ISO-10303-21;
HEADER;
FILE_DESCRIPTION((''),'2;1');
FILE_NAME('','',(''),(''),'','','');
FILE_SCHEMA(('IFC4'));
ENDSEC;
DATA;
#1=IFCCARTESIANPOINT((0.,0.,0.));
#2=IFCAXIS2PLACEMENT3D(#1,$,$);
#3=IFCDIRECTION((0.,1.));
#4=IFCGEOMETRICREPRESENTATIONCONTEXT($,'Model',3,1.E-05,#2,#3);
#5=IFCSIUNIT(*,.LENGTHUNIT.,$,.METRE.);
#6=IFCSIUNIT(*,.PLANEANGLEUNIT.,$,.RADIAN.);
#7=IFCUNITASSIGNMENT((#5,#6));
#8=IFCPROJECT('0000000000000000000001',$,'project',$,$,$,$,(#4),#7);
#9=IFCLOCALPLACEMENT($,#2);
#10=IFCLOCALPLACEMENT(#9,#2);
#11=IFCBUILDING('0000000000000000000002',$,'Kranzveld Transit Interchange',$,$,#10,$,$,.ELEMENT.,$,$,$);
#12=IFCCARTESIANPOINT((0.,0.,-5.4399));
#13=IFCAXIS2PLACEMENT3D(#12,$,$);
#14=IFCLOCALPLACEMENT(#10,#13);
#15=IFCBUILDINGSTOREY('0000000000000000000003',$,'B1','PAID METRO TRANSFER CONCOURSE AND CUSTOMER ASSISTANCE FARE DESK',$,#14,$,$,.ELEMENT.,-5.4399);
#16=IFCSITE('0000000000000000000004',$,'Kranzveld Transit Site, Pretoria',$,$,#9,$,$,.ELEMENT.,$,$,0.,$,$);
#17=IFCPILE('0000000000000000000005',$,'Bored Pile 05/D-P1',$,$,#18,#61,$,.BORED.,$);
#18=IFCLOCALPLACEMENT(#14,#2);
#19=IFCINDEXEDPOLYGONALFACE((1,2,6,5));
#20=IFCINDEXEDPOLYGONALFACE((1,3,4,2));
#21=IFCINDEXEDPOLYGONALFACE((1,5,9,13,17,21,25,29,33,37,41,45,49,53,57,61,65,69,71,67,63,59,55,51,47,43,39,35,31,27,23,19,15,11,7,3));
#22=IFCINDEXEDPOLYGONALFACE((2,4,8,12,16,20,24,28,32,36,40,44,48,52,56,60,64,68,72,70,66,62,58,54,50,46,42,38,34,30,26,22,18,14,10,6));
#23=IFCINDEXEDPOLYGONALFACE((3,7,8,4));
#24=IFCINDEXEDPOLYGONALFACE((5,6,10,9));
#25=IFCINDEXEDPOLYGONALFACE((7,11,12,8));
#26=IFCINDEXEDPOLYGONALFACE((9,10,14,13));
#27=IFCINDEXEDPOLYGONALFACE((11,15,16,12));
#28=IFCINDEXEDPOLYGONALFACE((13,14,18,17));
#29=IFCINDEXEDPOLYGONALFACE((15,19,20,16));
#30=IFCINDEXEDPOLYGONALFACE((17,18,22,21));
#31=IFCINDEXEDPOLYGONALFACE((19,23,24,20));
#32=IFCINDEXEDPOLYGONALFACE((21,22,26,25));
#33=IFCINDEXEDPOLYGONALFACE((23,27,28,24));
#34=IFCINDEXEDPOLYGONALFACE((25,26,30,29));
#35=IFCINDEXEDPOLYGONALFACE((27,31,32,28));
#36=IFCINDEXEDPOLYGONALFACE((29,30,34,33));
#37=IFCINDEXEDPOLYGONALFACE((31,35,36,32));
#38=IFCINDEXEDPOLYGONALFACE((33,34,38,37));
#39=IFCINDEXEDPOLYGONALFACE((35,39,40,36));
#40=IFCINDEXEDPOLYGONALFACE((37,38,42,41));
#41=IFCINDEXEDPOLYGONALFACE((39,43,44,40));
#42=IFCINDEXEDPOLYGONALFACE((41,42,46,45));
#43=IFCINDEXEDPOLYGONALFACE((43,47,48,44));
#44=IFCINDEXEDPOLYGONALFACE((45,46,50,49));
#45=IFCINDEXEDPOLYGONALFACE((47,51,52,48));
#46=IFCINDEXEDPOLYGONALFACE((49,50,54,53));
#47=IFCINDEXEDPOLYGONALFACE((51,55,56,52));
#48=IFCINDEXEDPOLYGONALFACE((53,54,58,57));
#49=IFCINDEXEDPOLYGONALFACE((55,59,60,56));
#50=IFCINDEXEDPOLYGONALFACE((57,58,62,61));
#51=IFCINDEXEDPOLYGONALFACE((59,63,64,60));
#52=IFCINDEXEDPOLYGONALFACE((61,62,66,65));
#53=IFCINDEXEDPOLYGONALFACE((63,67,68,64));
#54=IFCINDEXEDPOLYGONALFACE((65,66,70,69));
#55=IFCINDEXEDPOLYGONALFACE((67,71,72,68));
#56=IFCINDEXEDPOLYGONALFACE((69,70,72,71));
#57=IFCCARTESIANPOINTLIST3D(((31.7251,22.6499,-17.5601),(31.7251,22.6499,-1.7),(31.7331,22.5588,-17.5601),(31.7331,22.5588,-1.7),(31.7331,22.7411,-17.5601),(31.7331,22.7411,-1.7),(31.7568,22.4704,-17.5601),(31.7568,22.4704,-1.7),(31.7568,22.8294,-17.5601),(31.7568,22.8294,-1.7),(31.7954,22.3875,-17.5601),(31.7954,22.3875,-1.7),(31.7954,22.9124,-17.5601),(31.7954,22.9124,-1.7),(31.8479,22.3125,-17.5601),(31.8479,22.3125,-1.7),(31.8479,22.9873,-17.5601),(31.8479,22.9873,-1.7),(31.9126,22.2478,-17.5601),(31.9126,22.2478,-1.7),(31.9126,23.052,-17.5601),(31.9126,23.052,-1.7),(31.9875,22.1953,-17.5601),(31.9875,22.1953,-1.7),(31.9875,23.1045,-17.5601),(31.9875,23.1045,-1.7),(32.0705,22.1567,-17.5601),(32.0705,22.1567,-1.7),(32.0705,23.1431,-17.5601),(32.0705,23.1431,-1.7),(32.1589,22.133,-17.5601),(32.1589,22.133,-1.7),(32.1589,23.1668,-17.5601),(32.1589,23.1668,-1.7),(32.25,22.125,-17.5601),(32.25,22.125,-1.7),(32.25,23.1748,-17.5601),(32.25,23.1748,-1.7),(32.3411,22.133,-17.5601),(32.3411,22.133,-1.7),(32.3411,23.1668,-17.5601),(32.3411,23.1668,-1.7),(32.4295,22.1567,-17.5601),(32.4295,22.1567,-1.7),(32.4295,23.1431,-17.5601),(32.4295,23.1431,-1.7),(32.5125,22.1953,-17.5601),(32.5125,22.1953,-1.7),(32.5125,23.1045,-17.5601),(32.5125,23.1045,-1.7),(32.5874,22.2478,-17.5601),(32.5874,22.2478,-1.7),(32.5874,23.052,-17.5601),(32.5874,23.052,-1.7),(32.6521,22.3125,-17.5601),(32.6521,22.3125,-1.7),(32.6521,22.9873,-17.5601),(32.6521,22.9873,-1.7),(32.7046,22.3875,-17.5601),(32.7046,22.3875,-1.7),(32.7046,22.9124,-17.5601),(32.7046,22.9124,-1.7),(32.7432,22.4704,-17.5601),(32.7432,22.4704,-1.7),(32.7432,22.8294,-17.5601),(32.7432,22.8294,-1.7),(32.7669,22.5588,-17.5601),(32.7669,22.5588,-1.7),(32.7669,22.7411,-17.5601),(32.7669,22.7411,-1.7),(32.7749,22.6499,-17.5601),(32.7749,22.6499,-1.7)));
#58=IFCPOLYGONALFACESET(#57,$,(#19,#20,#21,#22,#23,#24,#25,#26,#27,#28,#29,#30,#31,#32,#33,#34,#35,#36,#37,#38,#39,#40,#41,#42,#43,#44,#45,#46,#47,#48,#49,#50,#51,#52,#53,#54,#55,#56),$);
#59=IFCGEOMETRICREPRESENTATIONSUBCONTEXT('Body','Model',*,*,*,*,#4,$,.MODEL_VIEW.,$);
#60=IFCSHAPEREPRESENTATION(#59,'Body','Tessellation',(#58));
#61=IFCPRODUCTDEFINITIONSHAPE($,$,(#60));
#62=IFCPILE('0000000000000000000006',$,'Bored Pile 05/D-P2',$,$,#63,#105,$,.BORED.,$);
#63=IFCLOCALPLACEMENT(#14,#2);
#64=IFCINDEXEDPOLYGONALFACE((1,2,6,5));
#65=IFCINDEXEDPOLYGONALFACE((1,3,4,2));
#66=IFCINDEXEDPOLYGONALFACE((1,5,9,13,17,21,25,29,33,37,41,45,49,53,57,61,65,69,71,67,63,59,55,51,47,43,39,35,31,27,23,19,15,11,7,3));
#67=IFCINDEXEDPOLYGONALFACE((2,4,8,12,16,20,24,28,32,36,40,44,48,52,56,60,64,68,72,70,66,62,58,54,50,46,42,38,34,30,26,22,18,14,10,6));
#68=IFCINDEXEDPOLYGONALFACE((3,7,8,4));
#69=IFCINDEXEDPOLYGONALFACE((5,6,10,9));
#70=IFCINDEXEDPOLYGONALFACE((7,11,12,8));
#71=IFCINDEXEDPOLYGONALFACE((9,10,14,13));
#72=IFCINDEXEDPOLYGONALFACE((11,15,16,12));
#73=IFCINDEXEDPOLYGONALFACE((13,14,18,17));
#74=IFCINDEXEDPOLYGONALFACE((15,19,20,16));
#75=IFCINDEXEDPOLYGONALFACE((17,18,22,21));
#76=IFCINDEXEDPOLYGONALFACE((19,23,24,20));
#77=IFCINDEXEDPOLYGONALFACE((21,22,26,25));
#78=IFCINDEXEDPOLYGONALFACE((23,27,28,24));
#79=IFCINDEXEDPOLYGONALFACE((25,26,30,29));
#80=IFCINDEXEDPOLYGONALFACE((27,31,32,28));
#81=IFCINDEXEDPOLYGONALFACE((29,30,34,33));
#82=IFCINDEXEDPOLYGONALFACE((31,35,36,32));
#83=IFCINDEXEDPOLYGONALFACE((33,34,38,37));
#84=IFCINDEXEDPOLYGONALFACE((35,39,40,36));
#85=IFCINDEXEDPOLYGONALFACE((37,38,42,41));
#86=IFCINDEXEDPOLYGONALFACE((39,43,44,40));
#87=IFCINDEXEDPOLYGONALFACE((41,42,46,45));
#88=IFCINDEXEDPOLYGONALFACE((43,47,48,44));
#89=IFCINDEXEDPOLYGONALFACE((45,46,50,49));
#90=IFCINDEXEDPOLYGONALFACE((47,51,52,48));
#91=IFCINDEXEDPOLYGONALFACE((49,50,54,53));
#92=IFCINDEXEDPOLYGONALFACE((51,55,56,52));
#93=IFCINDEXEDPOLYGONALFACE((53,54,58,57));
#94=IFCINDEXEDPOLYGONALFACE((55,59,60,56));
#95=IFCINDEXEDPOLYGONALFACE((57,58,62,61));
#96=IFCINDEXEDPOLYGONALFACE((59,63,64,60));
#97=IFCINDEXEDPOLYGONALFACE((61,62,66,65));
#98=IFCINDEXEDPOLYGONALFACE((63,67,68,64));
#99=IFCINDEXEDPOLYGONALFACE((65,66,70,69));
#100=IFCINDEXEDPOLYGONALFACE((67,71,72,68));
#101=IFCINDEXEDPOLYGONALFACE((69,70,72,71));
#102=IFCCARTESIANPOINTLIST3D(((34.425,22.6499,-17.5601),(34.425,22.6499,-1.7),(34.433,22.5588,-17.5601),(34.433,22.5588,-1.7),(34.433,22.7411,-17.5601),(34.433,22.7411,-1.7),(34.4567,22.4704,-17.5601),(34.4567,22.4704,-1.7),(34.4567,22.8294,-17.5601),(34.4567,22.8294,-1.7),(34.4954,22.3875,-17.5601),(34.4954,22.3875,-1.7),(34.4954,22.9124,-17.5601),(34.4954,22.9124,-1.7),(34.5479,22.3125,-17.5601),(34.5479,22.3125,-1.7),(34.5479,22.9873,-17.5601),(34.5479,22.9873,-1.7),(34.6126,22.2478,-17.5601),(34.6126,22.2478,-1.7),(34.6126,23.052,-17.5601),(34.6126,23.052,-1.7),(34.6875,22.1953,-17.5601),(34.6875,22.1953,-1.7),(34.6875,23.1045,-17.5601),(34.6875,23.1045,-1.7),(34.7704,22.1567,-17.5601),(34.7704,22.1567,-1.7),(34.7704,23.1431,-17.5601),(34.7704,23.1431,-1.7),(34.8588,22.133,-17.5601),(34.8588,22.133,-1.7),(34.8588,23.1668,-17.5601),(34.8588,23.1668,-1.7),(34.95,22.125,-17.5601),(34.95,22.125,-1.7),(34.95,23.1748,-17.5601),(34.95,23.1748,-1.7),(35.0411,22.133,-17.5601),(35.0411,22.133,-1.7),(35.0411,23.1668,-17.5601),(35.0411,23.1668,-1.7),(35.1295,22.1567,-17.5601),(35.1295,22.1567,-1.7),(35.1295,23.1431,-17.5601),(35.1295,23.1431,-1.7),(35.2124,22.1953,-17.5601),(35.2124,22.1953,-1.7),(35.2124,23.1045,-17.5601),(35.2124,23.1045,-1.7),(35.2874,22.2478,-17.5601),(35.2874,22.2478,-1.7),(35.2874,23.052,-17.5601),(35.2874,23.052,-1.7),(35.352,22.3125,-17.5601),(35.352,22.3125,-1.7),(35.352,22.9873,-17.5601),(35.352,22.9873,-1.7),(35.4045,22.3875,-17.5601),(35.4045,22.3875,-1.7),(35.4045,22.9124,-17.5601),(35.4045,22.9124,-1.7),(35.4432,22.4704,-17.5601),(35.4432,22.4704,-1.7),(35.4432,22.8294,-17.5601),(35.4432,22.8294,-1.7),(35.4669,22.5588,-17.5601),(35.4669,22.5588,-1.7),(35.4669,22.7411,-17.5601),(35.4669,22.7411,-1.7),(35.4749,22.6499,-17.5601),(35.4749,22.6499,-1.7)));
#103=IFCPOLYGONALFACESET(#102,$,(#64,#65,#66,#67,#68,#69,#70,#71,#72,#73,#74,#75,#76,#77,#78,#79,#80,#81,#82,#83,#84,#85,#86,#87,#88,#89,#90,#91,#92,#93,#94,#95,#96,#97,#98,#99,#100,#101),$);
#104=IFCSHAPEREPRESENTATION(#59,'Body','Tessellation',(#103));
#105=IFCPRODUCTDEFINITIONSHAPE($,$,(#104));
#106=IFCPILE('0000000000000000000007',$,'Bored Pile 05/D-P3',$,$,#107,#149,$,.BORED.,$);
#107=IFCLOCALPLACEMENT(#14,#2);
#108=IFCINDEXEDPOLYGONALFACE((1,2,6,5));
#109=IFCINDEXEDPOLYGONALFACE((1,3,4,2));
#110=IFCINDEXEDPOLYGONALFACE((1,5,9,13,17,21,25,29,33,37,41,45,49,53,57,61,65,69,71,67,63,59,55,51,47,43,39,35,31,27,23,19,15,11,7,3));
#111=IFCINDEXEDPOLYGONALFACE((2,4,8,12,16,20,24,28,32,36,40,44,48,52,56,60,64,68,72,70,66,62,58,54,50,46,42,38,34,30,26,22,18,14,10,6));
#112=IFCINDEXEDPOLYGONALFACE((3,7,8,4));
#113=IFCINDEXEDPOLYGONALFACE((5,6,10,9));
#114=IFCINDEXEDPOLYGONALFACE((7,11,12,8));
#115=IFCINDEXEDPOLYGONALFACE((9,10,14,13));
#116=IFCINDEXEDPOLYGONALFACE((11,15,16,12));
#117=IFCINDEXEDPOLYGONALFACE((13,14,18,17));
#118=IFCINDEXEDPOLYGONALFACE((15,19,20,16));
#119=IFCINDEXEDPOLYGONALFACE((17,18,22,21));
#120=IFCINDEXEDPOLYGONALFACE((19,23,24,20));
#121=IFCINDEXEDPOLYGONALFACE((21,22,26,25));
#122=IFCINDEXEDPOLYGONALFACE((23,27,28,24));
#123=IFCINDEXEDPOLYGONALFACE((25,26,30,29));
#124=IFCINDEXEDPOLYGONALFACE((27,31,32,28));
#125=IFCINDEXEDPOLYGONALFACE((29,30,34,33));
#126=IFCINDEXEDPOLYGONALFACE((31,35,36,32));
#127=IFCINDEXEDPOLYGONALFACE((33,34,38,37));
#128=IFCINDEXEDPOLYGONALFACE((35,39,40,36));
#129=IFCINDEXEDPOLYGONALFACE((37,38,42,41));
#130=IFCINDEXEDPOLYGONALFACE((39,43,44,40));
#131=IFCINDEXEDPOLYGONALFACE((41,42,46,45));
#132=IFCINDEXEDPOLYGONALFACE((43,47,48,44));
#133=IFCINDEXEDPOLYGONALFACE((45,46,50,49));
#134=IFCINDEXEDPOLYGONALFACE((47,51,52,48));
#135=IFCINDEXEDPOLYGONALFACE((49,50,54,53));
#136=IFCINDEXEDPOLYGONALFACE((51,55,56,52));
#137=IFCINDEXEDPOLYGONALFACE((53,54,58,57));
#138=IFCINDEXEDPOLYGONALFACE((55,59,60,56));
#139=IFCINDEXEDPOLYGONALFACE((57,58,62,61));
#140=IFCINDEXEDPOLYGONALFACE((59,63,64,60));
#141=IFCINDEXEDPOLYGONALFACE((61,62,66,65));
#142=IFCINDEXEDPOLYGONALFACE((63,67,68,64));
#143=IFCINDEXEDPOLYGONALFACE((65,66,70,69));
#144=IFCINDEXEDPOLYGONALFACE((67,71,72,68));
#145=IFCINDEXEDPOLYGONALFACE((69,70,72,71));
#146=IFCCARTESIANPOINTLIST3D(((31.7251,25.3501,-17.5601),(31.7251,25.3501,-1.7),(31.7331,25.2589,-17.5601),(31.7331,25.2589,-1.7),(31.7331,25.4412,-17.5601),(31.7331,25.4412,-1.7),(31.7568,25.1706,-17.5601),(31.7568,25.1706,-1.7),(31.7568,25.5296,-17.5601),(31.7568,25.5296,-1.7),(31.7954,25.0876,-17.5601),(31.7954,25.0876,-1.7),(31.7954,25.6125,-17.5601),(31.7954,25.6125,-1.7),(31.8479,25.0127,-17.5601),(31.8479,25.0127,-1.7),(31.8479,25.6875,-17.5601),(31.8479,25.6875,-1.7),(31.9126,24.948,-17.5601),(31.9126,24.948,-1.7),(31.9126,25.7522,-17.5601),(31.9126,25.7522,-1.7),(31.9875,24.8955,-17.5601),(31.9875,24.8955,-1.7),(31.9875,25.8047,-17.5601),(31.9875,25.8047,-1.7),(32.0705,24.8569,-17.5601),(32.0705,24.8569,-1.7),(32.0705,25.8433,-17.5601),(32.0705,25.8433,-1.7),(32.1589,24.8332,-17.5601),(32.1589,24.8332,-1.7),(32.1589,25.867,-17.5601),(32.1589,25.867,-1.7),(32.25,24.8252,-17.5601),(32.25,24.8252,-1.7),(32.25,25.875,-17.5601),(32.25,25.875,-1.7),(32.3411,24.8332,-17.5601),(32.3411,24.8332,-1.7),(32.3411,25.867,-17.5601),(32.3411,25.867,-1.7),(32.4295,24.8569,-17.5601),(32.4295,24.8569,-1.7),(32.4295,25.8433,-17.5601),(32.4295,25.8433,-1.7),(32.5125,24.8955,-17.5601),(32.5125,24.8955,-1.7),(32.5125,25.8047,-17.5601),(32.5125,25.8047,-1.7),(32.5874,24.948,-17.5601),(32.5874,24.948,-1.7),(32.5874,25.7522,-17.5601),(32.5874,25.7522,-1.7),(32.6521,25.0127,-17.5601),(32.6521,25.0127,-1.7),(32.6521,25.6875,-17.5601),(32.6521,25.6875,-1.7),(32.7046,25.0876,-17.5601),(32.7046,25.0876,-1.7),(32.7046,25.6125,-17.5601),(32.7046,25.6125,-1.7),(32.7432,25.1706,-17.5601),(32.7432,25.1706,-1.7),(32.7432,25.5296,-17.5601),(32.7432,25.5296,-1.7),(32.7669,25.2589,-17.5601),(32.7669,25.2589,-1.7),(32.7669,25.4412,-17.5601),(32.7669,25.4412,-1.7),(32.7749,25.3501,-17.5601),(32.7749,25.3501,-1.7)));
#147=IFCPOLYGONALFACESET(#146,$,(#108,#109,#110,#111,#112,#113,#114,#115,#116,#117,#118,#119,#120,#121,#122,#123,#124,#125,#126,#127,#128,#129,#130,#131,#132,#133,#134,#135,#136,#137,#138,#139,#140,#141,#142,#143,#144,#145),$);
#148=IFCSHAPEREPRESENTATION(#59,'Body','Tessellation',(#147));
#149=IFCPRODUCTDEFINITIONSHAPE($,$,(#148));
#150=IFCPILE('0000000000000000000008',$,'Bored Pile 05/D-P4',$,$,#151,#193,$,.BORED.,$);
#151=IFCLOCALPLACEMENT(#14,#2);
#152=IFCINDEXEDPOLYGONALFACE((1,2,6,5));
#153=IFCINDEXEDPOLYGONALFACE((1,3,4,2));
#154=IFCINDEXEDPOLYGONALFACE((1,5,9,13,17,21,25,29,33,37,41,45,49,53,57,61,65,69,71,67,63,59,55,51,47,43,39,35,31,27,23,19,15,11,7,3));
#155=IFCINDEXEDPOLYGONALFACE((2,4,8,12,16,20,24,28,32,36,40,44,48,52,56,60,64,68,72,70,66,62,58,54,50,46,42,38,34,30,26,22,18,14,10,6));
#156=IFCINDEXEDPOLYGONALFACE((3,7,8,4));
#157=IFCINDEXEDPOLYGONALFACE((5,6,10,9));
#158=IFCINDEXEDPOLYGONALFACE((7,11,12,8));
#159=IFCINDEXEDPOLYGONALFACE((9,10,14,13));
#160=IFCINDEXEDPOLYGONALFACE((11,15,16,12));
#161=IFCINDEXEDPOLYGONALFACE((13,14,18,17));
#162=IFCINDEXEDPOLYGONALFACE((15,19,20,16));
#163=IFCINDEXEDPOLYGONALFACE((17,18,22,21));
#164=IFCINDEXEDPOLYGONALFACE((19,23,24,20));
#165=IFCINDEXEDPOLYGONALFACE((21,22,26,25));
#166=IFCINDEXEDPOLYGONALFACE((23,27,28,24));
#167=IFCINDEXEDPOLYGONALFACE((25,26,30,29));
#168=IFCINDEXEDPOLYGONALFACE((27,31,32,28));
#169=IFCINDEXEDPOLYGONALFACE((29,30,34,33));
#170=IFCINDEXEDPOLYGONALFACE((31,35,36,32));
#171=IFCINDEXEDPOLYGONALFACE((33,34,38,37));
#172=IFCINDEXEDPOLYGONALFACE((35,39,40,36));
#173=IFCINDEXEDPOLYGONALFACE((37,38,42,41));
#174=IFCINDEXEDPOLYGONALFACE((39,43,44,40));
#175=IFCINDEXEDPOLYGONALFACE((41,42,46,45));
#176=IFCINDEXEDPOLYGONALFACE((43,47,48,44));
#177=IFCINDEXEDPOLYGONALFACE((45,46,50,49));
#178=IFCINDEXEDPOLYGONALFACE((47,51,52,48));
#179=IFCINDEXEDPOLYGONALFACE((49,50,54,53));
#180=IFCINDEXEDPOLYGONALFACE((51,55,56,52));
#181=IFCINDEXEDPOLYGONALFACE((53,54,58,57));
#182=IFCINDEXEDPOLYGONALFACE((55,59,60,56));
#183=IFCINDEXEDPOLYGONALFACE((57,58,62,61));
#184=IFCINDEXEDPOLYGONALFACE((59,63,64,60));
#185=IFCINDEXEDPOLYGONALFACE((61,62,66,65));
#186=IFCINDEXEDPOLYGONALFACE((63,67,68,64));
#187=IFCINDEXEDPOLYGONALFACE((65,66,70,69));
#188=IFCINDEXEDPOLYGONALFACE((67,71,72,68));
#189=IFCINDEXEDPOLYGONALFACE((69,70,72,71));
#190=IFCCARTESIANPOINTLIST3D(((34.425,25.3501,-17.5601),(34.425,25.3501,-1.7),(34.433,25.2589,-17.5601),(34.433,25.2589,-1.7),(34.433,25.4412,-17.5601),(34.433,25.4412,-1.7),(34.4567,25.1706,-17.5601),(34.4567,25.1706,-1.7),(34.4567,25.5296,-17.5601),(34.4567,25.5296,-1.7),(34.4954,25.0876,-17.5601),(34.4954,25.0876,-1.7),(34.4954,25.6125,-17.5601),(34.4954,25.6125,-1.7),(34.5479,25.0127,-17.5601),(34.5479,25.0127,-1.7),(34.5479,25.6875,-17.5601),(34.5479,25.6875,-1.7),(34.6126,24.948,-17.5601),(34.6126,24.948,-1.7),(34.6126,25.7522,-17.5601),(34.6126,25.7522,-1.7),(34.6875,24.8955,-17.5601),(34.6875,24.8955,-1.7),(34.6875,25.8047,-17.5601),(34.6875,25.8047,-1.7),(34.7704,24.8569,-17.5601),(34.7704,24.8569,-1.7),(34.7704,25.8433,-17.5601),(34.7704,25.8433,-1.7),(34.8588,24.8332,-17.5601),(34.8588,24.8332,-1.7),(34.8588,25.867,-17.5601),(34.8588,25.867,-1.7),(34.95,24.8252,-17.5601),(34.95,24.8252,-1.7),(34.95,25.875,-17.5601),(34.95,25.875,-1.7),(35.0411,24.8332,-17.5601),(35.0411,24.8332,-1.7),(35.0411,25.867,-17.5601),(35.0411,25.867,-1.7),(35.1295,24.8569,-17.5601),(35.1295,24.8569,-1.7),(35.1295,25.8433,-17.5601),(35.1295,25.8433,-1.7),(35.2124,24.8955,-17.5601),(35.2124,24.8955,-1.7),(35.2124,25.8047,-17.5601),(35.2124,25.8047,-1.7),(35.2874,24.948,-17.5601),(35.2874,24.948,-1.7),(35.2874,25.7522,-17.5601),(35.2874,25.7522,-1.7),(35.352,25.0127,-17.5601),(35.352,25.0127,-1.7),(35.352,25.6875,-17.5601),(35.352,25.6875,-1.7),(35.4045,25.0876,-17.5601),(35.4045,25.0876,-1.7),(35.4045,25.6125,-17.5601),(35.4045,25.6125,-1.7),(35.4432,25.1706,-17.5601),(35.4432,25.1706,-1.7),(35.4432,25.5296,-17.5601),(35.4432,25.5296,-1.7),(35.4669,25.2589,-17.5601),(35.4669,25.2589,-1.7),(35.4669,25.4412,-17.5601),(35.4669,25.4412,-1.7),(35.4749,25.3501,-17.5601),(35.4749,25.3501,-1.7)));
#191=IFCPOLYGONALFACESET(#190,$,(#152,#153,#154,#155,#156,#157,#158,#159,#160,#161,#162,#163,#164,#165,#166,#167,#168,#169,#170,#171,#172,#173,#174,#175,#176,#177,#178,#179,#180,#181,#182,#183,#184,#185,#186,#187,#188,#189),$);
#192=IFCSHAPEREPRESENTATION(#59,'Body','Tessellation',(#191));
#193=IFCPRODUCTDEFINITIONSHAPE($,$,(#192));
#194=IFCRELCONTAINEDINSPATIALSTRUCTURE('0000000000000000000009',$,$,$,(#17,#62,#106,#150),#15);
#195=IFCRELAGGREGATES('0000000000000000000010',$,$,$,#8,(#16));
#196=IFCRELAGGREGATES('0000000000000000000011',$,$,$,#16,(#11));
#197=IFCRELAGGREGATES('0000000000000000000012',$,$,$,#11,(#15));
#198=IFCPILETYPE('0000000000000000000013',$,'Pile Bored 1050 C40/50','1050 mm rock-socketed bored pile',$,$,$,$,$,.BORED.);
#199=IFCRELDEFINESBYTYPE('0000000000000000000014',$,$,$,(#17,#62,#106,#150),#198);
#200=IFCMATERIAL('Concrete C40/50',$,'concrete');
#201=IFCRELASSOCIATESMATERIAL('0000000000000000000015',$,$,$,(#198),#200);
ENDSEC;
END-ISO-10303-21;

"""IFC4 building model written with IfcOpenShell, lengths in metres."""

from ifc_helpers import new_model, si_unit, direction, frame, origin, origin_2d, place, context, subcontext, project, spatial, circle, extrude, material, material_profile, profile_set, type_object, element, save


model = new_model("IFC4")

# Units and contexts
model_context = context("Model", 3, precision=1e-05, world=origin(), true_north=direction((0.0, 1.0)))
body_context = subcontext(model_context, "Body", "Model", "MODEL_VIEW")
ifc_project = project(units=[si_unit("LENGTHUNIT", "METRE"), si_unit("PLANEANGLEUNIT", "RADIAN")], contexts=[model_context])

# Site, building, storey
site_placement = place(None, origin())
site = spatial("IfcSite", under=ifc_project, at=site_placement, Name="Kranzveld Transit Site, Pretoria", CompositionType="ELEMENT", RefElevation=0.0)
building_placement = place(site_placement, origin())
building = spatial("IfcBuilding", under=site, at=building_placement, Name="Kranzveld Transit Interchange", CompositionType="ELEMENT")
storey_placement = place(building_placement, frame((0.0, 0.0, -5.4399)))
storey = spatial("IfcBuildingStorey", under=building, at=storey_placement, Name="B1", Description="PAID METRO TRANSFER CONCOURSE AND CUSTOMER ASSISTANCE FARE DESK", CompositionType="ELEMENT", Elevation=-5.4399)

# Piles
ifc_material_1 = material(Name="Concrete C40/50", Category="concrete")
ifc_material_profile_1 = material_profile(ifc_material_1, circle(Radius=0.5249, at=origin_2d()), Name="BORED PILE 1050")
ifc_profile_set_1 = profile_set([ifc_material_profile_1], Name="Concrete C40/50")
pile_type = type_object("IfcPileType", Name="Pile Bored 1050 C40/50", Description="1050 mm rock-socketed bored pile", PredefinedType="BORED", material=ifc_profile_set_1)
for number, where, z_axis, x_axis, name in (
    (1, (32.25, 22.6499, -1.7), (0.0, 0.0, -1.0), (1.0, 0.0, 0.0), "Bored Pile 05/D-P1"),
    (2, (34.95, 22.6499, -1.7), (0.0, 0.0, -1.0), (1.0, 0.0, 0.0), "Bored Pile 05/D-P2"),
    (3, (32.25, 25.3501, -1.7), (0.0, 0.0, -1.0), (1.0, 0.0, 0.0), "Bored Pile 05/D-P3"),
    (4, (34.95, 25.3501, -1.7), (0.0, 0.0, -1.0), (1.0, 0.0, 0.0), "Bored Pile 05/D-P4"),
):
    element("IfcPile", number, at=place(storey_placement, frame(where, z_axis=z_axis, x_axis=x_axis)), inside=storey, type_object=pile_type, Name=name, PredefinedType="BORED", context=body_context, shape_type="SweptSolid", body=[
        extrude(circle(Radius=0.5249, at=origin_2d()), origin(), (0.0, 0.0, 1.0), 15.8601),
    ])

save(model, "model.ifc")
